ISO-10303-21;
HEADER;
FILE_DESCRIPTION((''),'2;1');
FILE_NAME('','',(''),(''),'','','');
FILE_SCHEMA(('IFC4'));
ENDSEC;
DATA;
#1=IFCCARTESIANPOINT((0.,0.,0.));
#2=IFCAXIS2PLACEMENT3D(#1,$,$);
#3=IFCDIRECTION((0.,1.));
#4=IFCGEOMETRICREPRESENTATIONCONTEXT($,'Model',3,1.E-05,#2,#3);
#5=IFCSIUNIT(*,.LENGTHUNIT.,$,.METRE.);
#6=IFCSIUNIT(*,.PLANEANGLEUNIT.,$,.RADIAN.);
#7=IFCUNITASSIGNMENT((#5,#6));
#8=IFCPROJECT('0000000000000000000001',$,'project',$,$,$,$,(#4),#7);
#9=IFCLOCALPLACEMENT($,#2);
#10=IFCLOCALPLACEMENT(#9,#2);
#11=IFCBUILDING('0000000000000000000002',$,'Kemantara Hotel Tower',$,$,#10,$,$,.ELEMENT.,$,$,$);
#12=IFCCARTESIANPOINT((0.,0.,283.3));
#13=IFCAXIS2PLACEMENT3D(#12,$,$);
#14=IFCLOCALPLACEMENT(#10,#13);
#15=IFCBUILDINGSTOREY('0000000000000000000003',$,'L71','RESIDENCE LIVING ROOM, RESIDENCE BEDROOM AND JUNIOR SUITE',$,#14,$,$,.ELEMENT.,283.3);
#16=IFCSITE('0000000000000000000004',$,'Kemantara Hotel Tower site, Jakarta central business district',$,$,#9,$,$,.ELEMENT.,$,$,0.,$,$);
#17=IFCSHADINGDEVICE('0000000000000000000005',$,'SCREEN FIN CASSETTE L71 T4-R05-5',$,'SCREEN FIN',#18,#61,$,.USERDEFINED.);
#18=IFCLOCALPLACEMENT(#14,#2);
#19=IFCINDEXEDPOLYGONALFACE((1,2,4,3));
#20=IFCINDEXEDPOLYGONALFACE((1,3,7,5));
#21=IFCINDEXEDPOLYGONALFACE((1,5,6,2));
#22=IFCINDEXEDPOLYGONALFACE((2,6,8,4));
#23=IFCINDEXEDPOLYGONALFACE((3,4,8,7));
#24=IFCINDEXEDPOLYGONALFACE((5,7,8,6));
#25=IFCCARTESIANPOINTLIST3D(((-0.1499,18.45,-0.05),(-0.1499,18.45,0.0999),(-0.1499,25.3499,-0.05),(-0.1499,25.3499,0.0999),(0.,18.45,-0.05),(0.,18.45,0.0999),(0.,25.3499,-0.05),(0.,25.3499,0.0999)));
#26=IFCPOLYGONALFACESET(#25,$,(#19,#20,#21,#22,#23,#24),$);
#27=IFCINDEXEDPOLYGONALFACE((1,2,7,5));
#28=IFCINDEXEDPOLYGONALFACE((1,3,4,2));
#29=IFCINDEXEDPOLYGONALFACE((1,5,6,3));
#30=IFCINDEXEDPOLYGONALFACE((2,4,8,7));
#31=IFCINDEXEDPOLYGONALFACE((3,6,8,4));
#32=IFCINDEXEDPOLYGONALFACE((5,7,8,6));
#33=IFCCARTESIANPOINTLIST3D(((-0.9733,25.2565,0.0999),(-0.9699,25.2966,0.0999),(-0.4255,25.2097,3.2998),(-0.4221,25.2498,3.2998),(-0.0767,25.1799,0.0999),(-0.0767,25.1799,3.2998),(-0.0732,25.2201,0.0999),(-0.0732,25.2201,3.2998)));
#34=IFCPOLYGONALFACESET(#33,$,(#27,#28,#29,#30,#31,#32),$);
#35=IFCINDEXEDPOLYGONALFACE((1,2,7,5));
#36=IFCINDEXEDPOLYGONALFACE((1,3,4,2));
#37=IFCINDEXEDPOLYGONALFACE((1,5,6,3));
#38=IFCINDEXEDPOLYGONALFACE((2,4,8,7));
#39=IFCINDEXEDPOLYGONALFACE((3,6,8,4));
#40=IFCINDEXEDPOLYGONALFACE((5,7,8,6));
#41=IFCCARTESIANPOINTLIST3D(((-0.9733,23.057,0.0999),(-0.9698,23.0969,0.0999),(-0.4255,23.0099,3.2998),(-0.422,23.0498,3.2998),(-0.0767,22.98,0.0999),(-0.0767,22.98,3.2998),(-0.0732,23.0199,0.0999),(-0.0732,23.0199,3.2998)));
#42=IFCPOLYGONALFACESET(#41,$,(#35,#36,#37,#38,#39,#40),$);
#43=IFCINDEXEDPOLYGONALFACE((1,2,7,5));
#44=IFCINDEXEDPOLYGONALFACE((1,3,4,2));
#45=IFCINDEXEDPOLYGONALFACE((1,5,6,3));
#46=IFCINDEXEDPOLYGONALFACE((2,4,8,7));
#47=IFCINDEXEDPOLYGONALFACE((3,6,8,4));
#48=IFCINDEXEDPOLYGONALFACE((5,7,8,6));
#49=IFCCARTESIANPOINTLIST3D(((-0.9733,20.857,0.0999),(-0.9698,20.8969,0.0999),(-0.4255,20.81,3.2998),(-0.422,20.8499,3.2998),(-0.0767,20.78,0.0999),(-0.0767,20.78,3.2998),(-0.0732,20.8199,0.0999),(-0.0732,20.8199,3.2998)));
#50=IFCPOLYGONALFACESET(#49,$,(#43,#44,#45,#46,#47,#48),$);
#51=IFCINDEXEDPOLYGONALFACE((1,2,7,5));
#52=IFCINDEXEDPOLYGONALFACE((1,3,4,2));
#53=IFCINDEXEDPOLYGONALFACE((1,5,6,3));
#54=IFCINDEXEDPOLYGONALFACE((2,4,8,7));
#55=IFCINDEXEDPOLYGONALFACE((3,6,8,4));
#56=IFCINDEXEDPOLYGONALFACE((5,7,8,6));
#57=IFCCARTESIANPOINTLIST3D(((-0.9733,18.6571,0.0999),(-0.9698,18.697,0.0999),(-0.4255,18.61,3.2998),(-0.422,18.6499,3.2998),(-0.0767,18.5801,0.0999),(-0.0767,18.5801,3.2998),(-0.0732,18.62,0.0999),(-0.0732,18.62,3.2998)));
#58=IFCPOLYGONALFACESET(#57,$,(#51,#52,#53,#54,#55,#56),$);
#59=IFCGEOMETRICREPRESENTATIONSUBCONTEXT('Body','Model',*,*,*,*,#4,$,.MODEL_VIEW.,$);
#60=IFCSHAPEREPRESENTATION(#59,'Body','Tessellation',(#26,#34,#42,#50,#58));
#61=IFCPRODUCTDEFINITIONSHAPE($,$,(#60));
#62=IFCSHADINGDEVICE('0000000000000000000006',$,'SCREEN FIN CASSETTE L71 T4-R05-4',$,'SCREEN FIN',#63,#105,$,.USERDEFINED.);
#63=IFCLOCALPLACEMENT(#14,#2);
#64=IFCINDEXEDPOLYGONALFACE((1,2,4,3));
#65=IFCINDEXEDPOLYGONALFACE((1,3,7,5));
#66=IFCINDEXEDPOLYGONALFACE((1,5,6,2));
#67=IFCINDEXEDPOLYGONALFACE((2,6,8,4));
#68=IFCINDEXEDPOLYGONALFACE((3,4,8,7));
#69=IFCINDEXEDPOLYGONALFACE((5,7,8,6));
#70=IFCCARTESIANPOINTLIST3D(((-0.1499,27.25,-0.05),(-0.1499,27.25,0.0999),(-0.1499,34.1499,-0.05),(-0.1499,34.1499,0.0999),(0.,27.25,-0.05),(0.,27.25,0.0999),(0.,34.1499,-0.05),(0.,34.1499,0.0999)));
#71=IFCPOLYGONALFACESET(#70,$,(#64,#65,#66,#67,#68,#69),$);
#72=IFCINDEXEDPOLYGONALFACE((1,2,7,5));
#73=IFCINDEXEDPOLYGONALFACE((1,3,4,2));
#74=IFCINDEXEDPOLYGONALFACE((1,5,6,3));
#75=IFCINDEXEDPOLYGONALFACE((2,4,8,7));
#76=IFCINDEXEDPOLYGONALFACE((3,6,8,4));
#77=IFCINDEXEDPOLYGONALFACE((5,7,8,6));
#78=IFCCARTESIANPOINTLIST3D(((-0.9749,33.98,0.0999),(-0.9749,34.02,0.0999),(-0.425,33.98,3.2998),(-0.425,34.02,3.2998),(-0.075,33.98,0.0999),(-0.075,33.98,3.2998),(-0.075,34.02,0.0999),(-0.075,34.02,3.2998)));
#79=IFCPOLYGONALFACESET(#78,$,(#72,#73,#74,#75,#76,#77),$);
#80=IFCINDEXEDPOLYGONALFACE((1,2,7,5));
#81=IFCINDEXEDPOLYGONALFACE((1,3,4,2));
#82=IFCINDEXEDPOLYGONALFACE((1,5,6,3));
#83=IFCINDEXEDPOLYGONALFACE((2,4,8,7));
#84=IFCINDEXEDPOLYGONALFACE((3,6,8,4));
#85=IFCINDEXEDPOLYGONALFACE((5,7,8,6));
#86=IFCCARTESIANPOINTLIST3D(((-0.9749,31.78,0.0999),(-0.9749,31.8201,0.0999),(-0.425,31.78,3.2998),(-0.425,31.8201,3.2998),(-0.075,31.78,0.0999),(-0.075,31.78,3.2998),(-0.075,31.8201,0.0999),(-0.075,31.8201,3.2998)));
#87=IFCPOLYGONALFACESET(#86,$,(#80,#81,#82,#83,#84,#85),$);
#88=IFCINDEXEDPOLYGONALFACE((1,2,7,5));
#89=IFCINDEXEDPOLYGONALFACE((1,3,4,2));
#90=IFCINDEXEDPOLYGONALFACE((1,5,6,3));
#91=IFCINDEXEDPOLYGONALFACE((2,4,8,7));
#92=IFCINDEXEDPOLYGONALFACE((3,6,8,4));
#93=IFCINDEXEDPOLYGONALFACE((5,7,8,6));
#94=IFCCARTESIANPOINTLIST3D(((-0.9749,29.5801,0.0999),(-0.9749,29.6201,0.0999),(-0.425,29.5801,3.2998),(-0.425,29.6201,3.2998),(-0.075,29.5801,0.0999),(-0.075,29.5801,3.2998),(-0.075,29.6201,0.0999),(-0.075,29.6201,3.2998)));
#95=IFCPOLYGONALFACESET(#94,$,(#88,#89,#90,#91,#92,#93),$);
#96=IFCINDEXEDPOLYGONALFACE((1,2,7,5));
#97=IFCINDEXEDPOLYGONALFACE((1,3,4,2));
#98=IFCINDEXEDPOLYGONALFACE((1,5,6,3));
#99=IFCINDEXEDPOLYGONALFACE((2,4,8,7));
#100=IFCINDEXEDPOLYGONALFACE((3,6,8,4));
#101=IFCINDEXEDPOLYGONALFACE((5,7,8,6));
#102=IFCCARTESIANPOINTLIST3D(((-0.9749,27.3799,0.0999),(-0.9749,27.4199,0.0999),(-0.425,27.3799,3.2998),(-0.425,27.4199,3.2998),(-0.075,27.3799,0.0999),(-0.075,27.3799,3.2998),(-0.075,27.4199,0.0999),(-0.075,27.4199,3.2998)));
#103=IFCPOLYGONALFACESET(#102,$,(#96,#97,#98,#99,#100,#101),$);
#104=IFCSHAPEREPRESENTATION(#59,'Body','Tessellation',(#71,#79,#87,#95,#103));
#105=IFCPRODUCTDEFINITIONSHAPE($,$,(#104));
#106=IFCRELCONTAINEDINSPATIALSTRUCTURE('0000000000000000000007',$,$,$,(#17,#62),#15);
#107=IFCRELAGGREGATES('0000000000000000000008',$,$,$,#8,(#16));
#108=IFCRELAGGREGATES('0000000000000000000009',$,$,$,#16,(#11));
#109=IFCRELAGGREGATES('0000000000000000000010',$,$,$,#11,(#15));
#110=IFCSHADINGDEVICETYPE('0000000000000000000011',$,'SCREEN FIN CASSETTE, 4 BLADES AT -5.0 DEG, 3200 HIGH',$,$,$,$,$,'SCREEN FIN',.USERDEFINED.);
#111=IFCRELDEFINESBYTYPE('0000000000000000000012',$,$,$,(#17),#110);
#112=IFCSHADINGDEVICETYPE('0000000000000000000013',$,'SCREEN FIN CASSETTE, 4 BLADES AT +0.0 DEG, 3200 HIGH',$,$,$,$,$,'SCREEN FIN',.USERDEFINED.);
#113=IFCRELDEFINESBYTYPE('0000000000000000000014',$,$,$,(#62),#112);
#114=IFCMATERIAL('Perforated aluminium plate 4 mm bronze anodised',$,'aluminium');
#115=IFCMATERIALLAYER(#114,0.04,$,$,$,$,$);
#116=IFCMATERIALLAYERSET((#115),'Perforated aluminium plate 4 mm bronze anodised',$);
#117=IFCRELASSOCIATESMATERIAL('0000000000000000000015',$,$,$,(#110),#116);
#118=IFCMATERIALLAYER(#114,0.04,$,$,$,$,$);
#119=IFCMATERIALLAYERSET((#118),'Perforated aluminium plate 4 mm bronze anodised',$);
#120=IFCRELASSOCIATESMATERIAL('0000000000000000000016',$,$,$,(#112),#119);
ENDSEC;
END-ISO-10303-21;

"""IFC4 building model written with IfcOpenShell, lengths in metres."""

from ifc_helpers import new_model, si_unit, direction, frame, origin, origin_2d, place, context, subcontext, project, spatial, polyline, rectangle, outline, extrude, source, transform, mapped, material, layer, layer_set, type_object, element, save


model = new_model("IFC4")

# Units and contexts
model_context = context("Model", 3, precision=1e-05, world=origin(), true_north=direction((0.0, 1.0)))
body_context = subcontext(model_context, "Body", "Model", "MODEL_VIEW")
ifc_project = project(units=[si_unit("LENGTHUNIT", "METRE"), si_unit("PLANEANGLEUNIT", "RADIAN")], contexts=[model_context])

# Site, building, storey
site_placement = place(None, origin())
site = spatial("IfcSite", under=ifc_project, at=site_placement, Name="Kemantara Hotel Tower site, Jakarta central business district", CompositionType="ELEMENT", RefElevation=0.0)
building_placement = place(site_placement, origin())
building = spatial("IfcBuilding", under=site, at=building_placement, Name="Kemantara Hotel Tower", CompositionType="ELEMENT")
storey_placement = place(building_placement, frame((0.0, 0.0, 283.3)))
storey = spatial("IfcBuildingStorey", under=building, at=storey_placement, Name="L71", Description="RESIDENCE LIVING ROOM, RESIDENCE BEDROOM AND JUNIOR SUITE", CompositionType="ELEMENT", Elevation=283.3)

# Shading devices
ifc_material_1 = material(Name="Perforated aluminium plate 4 mm bronze anodised", Category="aluminium")
ifc_layer_1 = layer(ifc_material_1, 0.04)
ifc_layer_set_1 = layer_set([ifc_layer_1], Name="Perforated aluminium plate 4 mm bronze anodised")
shading_device_type_1 = type_object("IfcShadingDeviceType", Name="SCREEN FIN CASSETTE, 4 BLADES AT -5.0 DEG, 3200 HIGH", ElementType="SCREEN FIN", PredefinedType="USERDEFINED", material=ifc_layer_set_1)
shared_shape_1 = source(origin(), body_context, "Body", "SweptSolid", [
    extrude(rectangle(XDim=6.8999, YDim=0.1499, at=origin_2d()), frame((3.3, -0.075, -0.1499), z_axis=(0.0, 0.0, 1.0), x_axis=(1.0, 0.0, 0.0)), (0.0, 0.0, 1.0), 0.1499),
    extrude(outline(polyline([(0.0, 0.0), (0.8999, 0.0), (0.3501, 3.2), (0.0, 3.2), (0.0, 0.0)])), frame((0.02, -0.0767, 0.0), z_axis=(-0.996376, 0.085056, 0.0), x_axis=(-0.085056, -0.996376, 0.0)), (0.0, 0.0, 1.0), 0.0403),
    extrude(outline(polyline([(0.0, 0.0), (0.8999, 0.0), (0.3501, 3.2), (0.0, 3.2), (0.0, 0.0)])), frame((2.22, -0.0767, 0.0), z_axis=(-0.996332, 0.085575, 0.0), x_axis=(-0.085575, -0.996332, 0.0)), (0.0, 0.0, 1.0), 0.04),
    extrude(outline(polyline([(0.0, 0.0), (0.8999, 0.0), (0.3501, 3.2), (0.0, 3.2), (0.0, 0.0)])), frame((4.4199, -0.0767, 0.0), z_axis=(-0.996332, 0.085575, 0.0), x_axis=(-0.085575, -0.996332, 0.0)), (0.0, 0.0, 1.0), 0.04),
    extrude(outline(polyline([(0.0, 0.0), (0.8999, 0.0), (0.3501, 3.2), (0.0, 3.2), (0.0, 0.0)])), frame((6.6199, -0.0767, 0.0), z_axis=(-0.996332, 0.085575, 0.0), x_axis=(-0.085575, -0.996332, 0.0)), (0.0, 0.0, 1.0), 0.04),
])
shading_device_1_placement = place(storey_placement, frame((0.0, 25.2, 0.0999), z_axis=(0.0, 0.0, 1.0), x_axis=(0.0, -1.0, 0.0)))
element("IfcShadingDevice", 1, at=shading_device_1_placement, inside=storey, type_object=shading_device_type_1, Name="SCREEN FIN CASSETTE L71 T4-R05-5", ObjectType="SCREEN FIN", PredefinedType="USERDEFINED", context=body_context, shape_type="MappedRepresentation", body=[
    mapped(shared_shape_1, transform((0.0, 0.0, 0.0))),
])
ifc_layer_2 = layer(ifc_material_1, 0.04)
ifc_layer_set_2 = layer_set([ifc_layer_2], Name="Perforated aluminium plate 4 mm bronze anodised")
shading_device_type_2 = type_object("IfcShadingDeviceType", Name="SCREEN FIN CASSETTE, 4 BLADES AT +0.0 DEG, 3200 HIGH", ElementType="SCREEN FIN", PredefinedType="USERDEFINED", material=ifc_layer_set_2)
shared_shape_2 = source(origin(), body_context, "Body", "SweptSolid", [
    extrude(rectangle(XDim=6.8999, YDim=0.1499, at=origin_2d()), frame((3.3, -0.075, -0.1499), z_axis=(0.0, 0.0, 1.0), x_axis=(1.0, 0.0, 0.0)), (0.0, 0.0, 1.0), 0.1499),
    extrude(outline(polyline([(0.0, 0.0), (0.8999, 0.0), (0.3501, 3.2), (0.0, 3.2), (0.0, 0.0)])), frame((0.02, -0.075, 0.0), z_axis=(-1.0, 0.0, 0.0), x_axis=(0.0, -1.0, 0.0)), (0.0, 0.0, 1.0), 0.04),
    extrude(outline(polyline([(0.0, 0.0), (0.8999, 0.0), (0.3501, 3.2), (0.0, 3.2), (0.0, 0.0)])), frame((2.22, -0.075, 0.0), z_axis=(-1.0, 0.0, 0.0), x_axis=(0.0, -1.0, 0.0)), (0.0, 0.0, 1.0), 0.04),
    extrude(outline(polyline([(0.0, 0.0), (0.8999, 0.0), (0.3501, 3.2), (0.0, 3.2), (0.0, 0.0)])), frame((4.4199, -0.075, 0.0), z_axis=(-1.0, 0.0, 0.0), x_axis=(0.0, -1.0, 0.0)), (0.0, 0.0, 1.0), 0.04),
    extrude(outline(polyline([(0.0, 0.0), (0.8999, 0.0), (0.3501, 3.2), (0.0, 3.2), (0.0, 0.0)])), frame((6.6201, -0.075, 0.0), z_axis=(-1.0, 0.0, 0.0), x_axis=(0.0, -1.0, 0.0)), (0.0, 0.0, 1.0), 0.04),
])
shading_device_2_placement = place(storey_placement, frame((0.0, 34.0, 0.0999), z_axis=(0.0, 0.0, 1.0), x_axis=(0.0, -1.0, 0.0)))
element("IfcShadingDevice", 2, at=shading_device_2_placement, inside=storey, type_object=shading_device_type_2, Name="SCREEN FIN CASSETTE L71 T4-R05-4", ObjectType="SCREEN FIN", PredefinedType="USERDEFINED", context=body_context, shape_type="MappedRepresentation", body=[
    mapped(shared_shape_2, transform((0.0, 0.0, 0.0))),
])

save(model, "model.ifc")
